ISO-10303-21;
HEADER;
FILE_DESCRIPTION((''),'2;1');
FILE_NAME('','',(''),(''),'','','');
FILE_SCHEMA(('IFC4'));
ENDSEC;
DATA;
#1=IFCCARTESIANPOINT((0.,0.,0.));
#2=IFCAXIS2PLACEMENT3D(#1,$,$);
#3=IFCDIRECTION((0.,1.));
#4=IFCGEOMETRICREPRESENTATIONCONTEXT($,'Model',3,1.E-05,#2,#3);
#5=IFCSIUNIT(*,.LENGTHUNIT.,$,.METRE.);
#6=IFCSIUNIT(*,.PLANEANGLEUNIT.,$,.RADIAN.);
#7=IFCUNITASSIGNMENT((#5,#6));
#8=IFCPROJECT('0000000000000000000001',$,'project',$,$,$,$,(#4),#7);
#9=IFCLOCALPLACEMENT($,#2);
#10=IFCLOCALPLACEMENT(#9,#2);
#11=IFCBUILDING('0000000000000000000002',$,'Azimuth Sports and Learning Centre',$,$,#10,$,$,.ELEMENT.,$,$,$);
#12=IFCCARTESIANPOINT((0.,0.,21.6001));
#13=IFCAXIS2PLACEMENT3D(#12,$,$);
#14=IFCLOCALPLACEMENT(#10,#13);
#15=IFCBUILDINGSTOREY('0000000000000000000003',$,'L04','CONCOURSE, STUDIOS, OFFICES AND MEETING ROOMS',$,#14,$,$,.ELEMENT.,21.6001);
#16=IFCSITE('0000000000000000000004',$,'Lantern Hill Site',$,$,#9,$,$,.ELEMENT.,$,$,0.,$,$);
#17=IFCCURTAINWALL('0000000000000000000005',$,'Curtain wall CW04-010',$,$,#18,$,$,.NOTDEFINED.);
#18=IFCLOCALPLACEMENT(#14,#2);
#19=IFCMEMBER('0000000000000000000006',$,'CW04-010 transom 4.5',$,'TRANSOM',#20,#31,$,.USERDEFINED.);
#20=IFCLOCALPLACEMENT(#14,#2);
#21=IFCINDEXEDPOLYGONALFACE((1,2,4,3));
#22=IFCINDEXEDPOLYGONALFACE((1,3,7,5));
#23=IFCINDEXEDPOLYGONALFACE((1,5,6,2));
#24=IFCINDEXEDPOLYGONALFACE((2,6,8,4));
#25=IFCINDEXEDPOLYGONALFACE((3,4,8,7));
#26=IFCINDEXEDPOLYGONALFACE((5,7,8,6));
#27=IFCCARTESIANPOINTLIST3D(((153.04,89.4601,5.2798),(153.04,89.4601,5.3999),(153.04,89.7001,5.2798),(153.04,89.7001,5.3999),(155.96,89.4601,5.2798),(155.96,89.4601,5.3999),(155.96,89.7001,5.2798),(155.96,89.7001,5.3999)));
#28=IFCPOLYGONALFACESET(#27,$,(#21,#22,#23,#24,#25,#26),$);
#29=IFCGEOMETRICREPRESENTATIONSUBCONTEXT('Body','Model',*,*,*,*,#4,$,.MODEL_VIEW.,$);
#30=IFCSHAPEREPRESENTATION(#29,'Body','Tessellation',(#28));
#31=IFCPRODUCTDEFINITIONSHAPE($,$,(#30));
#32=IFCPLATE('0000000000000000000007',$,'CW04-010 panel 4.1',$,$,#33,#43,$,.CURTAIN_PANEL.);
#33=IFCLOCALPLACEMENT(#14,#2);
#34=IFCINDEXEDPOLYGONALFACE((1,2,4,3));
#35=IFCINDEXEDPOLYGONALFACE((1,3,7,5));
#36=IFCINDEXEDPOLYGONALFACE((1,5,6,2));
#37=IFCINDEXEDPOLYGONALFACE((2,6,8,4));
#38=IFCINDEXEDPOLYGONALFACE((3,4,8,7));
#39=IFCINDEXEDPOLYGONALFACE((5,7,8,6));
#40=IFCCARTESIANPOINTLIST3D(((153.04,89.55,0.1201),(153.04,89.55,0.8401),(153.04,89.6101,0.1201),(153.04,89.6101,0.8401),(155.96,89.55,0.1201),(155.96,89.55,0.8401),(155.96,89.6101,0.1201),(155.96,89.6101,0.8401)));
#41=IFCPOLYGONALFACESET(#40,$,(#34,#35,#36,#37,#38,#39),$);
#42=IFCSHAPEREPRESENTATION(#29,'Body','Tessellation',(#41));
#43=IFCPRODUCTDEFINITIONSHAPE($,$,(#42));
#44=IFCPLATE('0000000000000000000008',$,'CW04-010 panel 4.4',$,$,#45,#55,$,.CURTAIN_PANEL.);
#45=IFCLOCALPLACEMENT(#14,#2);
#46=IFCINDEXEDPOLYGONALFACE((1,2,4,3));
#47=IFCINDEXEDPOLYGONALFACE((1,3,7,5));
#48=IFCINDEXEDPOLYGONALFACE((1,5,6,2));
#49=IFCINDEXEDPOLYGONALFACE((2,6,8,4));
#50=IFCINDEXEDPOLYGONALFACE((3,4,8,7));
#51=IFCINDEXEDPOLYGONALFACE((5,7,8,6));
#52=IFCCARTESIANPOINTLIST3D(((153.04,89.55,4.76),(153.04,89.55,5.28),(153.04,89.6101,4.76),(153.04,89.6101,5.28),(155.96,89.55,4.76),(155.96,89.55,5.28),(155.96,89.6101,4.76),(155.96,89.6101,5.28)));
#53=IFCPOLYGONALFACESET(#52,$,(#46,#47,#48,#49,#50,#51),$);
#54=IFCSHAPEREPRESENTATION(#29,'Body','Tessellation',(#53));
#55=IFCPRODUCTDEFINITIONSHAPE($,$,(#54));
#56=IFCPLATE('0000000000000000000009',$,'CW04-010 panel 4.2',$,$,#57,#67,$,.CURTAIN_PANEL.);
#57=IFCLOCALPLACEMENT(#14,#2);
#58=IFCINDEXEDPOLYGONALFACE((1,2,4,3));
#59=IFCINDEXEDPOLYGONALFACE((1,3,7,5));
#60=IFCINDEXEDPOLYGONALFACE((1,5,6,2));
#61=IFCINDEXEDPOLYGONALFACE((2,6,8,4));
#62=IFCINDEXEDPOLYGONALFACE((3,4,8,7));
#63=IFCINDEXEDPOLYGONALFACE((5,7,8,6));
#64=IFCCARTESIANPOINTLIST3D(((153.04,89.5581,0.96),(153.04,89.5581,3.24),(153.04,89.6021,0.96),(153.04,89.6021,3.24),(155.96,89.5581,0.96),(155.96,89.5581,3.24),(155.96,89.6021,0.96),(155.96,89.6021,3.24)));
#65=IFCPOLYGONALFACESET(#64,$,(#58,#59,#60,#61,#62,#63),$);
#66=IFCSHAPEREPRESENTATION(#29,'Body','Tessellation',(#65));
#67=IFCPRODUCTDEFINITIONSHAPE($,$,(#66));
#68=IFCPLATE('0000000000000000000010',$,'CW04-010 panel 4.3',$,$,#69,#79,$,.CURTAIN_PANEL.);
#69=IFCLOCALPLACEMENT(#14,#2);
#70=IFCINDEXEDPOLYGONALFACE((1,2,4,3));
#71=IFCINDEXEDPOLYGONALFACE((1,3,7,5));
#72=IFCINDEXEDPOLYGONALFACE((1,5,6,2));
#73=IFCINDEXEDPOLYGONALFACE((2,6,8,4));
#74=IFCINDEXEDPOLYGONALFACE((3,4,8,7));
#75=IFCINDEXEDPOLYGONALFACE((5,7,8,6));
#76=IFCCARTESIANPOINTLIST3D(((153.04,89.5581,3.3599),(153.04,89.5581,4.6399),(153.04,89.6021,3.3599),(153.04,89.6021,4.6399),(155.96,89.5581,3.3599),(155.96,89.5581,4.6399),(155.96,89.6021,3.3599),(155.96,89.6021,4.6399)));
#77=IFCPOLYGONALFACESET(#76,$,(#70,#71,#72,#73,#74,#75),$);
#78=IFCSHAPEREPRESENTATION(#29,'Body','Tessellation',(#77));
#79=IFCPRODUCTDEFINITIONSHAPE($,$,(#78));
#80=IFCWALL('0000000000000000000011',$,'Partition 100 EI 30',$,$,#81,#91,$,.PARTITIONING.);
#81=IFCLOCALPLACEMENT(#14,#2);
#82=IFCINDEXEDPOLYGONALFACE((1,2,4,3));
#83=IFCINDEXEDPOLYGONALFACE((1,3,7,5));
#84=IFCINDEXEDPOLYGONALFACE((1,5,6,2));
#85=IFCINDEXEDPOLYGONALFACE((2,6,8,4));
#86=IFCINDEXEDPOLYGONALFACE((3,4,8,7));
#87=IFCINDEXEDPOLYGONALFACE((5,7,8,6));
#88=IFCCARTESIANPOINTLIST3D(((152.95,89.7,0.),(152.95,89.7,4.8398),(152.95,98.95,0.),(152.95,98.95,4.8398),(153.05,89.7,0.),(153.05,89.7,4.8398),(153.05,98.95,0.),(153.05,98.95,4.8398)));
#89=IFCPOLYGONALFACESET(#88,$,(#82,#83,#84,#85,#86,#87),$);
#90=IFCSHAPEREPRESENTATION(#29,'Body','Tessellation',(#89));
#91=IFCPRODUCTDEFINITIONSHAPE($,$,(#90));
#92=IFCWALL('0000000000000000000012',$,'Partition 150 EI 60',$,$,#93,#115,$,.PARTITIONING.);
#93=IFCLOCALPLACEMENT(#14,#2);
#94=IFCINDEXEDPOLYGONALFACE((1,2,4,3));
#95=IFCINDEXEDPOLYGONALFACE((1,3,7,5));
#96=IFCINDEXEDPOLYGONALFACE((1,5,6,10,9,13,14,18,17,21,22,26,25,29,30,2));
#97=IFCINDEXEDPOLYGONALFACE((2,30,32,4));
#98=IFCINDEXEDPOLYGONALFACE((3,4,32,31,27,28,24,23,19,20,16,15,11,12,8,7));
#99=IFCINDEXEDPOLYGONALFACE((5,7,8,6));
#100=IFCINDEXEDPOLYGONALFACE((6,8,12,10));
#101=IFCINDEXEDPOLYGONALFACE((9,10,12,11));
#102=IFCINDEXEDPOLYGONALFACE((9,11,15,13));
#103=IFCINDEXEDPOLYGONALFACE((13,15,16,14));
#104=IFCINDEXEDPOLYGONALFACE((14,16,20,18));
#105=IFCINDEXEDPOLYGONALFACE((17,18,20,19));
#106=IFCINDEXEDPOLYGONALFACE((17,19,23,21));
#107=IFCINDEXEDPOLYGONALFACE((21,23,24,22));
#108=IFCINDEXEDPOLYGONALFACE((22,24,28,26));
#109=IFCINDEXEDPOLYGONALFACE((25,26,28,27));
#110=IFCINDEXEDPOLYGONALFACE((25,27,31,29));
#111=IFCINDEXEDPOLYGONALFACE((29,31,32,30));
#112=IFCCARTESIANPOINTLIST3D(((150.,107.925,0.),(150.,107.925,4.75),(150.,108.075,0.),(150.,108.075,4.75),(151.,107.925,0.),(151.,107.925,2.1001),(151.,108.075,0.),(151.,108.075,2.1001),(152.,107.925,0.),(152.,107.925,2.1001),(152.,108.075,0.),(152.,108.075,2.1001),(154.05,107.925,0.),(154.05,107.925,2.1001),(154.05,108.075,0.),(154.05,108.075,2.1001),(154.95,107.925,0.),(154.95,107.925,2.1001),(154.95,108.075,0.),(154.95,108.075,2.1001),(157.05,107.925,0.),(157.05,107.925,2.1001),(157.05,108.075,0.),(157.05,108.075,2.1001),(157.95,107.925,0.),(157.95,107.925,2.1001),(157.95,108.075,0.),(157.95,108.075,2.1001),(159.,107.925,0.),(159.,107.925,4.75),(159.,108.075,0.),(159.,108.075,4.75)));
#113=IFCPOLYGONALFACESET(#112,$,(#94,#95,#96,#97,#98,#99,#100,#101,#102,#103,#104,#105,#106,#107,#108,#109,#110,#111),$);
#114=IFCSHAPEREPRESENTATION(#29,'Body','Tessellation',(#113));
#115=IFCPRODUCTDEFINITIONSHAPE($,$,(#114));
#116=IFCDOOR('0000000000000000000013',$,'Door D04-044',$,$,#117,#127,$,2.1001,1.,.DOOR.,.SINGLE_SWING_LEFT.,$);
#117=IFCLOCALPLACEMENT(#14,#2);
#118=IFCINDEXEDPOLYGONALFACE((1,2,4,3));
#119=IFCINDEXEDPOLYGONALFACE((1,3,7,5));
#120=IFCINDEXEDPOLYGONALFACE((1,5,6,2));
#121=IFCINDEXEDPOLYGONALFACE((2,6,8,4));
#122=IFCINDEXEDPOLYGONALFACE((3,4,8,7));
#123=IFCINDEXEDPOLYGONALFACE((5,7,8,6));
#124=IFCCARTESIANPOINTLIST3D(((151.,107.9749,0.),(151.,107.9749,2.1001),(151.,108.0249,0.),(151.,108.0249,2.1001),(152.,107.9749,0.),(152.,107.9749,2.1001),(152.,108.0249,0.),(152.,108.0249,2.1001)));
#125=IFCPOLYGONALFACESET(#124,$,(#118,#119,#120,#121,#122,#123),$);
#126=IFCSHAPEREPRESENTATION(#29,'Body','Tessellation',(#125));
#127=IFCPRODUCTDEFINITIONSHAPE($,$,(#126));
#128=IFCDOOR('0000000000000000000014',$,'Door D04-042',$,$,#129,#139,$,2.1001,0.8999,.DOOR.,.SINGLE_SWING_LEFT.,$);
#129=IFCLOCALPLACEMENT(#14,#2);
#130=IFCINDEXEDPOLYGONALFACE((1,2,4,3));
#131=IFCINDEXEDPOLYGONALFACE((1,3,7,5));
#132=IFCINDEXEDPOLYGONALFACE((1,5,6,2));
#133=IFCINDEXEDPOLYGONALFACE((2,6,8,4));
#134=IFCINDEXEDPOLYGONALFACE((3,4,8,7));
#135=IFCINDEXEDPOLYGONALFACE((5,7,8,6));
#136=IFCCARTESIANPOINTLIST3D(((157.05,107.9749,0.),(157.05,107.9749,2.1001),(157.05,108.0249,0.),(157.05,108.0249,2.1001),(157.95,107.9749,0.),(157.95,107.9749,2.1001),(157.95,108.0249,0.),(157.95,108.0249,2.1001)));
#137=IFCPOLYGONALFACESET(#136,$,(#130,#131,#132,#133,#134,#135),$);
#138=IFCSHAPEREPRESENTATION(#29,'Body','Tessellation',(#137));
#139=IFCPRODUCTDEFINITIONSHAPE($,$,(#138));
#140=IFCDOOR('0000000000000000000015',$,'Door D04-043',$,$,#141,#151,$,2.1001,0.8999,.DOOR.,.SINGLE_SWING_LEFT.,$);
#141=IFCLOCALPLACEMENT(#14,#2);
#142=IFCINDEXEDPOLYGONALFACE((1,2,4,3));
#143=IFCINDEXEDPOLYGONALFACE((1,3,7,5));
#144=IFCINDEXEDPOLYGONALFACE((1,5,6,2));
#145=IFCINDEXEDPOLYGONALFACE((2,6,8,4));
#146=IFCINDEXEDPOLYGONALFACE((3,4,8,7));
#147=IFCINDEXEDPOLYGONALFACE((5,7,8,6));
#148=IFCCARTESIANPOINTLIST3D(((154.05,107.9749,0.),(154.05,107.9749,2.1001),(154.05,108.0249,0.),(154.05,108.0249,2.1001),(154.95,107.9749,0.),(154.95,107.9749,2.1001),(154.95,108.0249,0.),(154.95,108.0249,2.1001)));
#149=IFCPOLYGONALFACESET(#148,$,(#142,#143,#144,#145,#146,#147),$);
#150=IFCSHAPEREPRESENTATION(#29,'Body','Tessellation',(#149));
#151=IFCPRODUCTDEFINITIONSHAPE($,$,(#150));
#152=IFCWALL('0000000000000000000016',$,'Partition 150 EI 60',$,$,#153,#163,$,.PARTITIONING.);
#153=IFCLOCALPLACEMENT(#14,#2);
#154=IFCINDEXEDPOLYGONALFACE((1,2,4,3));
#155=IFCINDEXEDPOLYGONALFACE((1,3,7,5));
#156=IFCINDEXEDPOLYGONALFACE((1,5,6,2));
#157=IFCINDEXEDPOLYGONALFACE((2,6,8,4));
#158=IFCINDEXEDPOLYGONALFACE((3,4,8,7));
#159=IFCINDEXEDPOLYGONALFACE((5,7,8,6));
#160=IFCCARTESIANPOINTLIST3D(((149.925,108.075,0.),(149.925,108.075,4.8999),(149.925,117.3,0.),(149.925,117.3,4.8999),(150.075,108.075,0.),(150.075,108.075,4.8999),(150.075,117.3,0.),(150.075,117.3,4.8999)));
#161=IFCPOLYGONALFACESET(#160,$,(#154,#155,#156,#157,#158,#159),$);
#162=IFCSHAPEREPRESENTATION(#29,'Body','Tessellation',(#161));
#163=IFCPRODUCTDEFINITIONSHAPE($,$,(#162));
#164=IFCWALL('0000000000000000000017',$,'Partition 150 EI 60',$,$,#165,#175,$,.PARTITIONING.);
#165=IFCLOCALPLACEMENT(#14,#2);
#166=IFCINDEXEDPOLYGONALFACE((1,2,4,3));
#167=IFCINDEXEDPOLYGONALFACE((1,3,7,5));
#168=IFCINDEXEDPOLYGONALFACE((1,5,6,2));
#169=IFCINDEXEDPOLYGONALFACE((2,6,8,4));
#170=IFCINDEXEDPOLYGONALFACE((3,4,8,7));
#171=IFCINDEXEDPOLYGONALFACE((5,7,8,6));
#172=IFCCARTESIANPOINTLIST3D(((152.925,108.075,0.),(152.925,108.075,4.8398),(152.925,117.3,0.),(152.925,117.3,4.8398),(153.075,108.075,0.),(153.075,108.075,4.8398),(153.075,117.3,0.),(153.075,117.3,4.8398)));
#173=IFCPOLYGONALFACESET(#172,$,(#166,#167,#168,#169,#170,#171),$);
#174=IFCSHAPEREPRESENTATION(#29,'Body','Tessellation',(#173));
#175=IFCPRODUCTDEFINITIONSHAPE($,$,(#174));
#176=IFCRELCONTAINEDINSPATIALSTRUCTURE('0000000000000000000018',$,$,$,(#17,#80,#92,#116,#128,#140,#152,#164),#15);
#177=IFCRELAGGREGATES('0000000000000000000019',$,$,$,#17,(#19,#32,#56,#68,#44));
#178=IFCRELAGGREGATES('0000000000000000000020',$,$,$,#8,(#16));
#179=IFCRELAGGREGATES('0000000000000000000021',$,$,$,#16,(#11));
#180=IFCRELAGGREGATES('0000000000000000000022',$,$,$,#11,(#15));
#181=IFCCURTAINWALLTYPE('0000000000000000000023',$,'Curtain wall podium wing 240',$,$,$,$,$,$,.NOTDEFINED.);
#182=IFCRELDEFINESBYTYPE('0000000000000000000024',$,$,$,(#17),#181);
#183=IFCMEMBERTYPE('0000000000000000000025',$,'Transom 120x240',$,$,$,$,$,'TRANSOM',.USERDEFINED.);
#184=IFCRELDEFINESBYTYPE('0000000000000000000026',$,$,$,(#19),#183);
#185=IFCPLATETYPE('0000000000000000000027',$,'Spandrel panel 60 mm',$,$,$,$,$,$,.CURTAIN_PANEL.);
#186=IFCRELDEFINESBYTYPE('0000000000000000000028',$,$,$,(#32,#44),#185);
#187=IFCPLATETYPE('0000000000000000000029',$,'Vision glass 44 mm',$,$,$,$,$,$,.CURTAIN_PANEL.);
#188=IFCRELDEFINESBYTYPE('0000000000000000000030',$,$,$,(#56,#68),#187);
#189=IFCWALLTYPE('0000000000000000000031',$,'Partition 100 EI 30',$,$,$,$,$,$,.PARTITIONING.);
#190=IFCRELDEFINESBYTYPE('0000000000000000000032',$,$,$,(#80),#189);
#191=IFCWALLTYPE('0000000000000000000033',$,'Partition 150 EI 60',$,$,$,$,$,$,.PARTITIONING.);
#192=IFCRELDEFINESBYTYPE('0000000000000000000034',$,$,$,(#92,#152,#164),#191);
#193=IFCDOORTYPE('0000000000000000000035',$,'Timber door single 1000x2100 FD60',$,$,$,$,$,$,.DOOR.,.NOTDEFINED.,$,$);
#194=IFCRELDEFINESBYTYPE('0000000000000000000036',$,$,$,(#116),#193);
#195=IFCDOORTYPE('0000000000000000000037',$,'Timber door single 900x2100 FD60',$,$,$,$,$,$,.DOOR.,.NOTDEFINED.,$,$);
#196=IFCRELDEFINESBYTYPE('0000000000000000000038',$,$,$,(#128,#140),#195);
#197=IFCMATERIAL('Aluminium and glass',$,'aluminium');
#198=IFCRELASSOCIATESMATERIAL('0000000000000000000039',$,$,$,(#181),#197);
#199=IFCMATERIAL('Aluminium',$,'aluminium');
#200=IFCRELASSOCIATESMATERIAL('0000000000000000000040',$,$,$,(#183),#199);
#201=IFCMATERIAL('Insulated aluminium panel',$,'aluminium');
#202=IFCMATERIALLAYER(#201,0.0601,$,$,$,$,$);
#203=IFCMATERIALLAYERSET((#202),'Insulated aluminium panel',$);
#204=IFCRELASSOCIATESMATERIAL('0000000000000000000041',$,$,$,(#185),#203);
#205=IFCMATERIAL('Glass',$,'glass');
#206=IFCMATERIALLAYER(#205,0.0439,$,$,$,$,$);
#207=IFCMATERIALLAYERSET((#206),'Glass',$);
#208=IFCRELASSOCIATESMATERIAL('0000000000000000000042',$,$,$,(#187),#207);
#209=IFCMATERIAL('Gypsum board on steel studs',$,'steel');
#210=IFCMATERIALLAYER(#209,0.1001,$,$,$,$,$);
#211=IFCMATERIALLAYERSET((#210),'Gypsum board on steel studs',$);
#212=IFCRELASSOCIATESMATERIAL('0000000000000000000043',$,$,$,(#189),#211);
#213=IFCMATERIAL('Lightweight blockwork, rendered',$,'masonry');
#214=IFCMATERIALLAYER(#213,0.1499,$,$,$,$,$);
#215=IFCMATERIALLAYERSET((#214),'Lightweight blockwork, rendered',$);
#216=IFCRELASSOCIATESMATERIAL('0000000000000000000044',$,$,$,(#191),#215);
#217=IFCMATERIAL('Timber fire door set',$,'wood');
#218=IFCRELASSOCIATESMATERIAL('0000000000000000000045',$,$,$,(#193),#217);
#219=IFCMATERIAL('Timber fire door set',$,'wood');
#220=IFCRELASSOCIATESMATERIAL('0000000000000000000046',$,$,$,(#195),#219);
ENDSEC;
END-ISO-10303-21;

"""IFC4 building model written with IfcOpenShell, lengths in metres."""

from ifc_helpers import new_model, si_unit, direction, frame, frame_2d, origin, origin_2d, place, context, subcontext, project, spatial, rectangle, extrude, material, layer, layer_set, material_profile, profile_set, type_object, element, fill, aggregate, save


model = new_model("IFC4")

# Units and contexts
model_context = context("Model", 3, precision=1e-05, world=origin(), true_north=direction((0.0, 1.0)))
body_context = subcontext(model_context, "Body", "Model", "MODEL_VIEW")
ifc_project = project(units=[si_unit("LENGTHUNIT", "METRE"), si_unit("PLANEANGLEUNIT", "RADIAN")], contexts=[model_context])

# Site, building, storey
site_placement = place(None, origin())
site = spatial("IfcSite", under=ifc_project, at=site_placement, Name="Lantern Hill Site", CompositionType="ELEMENT", RefElevation=0.0)
building_placement = place(site_placement, origin())
building = spatial("IfcBuilding", under=site, at=building_placement, Name="Azimuth Sports and Learning Centre", CompositionType="ELEMENT")
storey_placement = place(building_placement, frame((0.0, 0.0, 21.6001)))
storey = spatial("IfcBuildingStorey", under=building, at=storey_placement, Name="L04", Description="CONCOURSE, STUDIOS, OFFICES AND MEETING ROOMS", CompositionType="ELEMENT", Elevation=21.6001)

# Curtain wall, member, plates
ifc_material_1 = material(Name="Aluminium and glass", Category="aluminium")
curtain_wall_type = type_object("IfcCurtainWallType", Name="Curtain wall podium wing 240", PredefinedType="NOTDEFINED", material=ifc_material_1)
curtain_wall_placement = place(storey_placement, origin())
curtain_wall = element("IfcCurtainWall", 1, at=curtain_wall_placement, inside=storey, type_object=curtain_wall_type, Name="Curtain wall CW04-010", PredefinedType="NOTDEFINED")
ifc_material_2 = material(Name="Aluminium", Category="aluminium")
ifc_material_profile_1 = material_profile(ifc_material_2, rectangle(XDim=0.24, YDim=0.1201, at=origin_2d()), Name="Transom 120x240")
ifc_profile_set_1 = profile_set([ifc_material_profile_1], Name="Aluminium")
member_type = type_object("IfcMemberType", Name="Transom 120x240", ElementType="TRANSOM", PredefinedType="USERDEFINED", material=ifc_profile_set_1)
member_placement = place(storey_placement, frame((153.04, 89.5801, 5.3398), z_axis=(1.0, 0.0, 0.0), x_axis=(0.0, 1.0, 0.0)))
member = element("IfcMember", 2, at=member_placement, type_object=member_type, Name="CW04-010 transom 4.5", ObjectType="TRANSOM", PredefinedType="USERDEFINED", context=body_context, shape_type="SweptSolid", body=[
    extrude(rectangle(XDim=0.24, YDim=0.1201, at=origin_2d()), origin(), (0.0, 0.0, 1.0), 2.9199),
])
ifc_material_3 = material(Name="Insulated aluminium panel", Category="aluminium")
ifc_layer_1 = layer(ifc_material_3, 0.0601)
ifc_layer_set_1 = layer_set([ifc_layer_1], Name="Insulated aluminium panel")
plate_type_1 = type_object("IfcPlateType", Name="Spandrel panel 60 mm", PredefinedType="CURTAIN_PANEL", material=ifc_layer_set_1)
plate_1_placement = place(storey_placement, frame((154.5, 89.5801, 0.1201), z_axis=(0.0, 0.0, 1.0), x_axis=(1.0, 0.0, 0.0)))
plate_1 = element("IfcPlate", 3, at=plate_1_placement, type_object=plate_type_1, Name="CW04-010 panel 4.1", PredefinedType="CURTAIN_PANEL", context=body_context, shape_type="SweptSolid", body=[
    extrude(rectangle(XDim=2.9199, YDim=0.0601, at=origin_2d()), origin(), (0.0, 0.0, 1.0), 0.72),
])
plate_2_placement = place(storey_placement, frame((154.5, 89.5801, 4.76), z_axis=(0.0, 0.0, 1.0), x_axis=(1.0, 0.0, 0.0)))
plate_2 = element("IfcPlate", 4, at=plate_2_placement, type_object=plate_type_1, Name="CW04-010 panel 4.4", PredefinedType="CURTAIN_PANEL", context=body_context, shape_type="SweptSolid", body=[
    extrude(rectangle(XDim=2.9199, YDim=0.0601, at=origin_2d()), origin(), (0.0, 0.0, 1.0), 0.52),
])
ifc_material_4 = material(Name="Glass", Category="glass")
ifc_layer_2 = layer(ifc_material_4, 0.0439)
ifc_layer_set_2 = layer_set([ifc_layer_2], Name="Glass")
plate_type_2 = type_object("IfcPlateType", Name="Vision glass 44 mm", PredefinedType="CURTAIN_PANEL", material=ifc_layer_set_2)
plate_3_placement = place(storey_placement, frame((154.5, 89.5801, 0.96), z_axis=(0.0, 0.0, 1.0), x_axis=(1.0, 0.0, 0.0)))
plate_3 = element("IfcPlate", 5, at=plate_3_placement, type_object=plate_type_2, Name="CW04-010 panel 4.2", PredefinedType="CURTAIN_PANEL", context=body_context, shape_type="SweptSolid", body=[
    extrude(rectangle(XDim=2.9199, YDim=0.0439, at=origin_2d()), origin(), (0.0, 0.0, 1.0), 2.28),
])
plate_4_placement = place(storey_placement, frame((154.5, 89.5801, 3.3599), z_axis=(0.0, 0.0, 1.0), x_axis=(1.0, 0.0, 0.0)))
plate_4 = element("IfcPlate", 6, at=plate_4_placement, type_object=plate_type_2, Name="CW04-010 panel 4.3", PredefinedType="CURTAIN_PANEL", context=body_context, shape_type="SweptSolid", body=[
    extrude(rectangle(XDim=2.9199, YDim=0.0439, at=origin_2d()), origin(), (0.0, 0.0, 1.0), 1.28),
])
aggregate(curtain_wall, [member, plate_1, plate_3, plate_4, plate_2])

# Wall
ifc_material_5 = material(Name="Gypsum board on steel studs", Category="steel")
ifc_layer_3 = layer(ifc_material_5, 0.1001)
ifc_layer_set_3 = layer_set([ifc_layer_3], Name="Gypsum board on steel studs")
wall_type_1 = type_object("IfcWallType", Name="Partition 100 EI 30", PredefinedType="PARTITIONING", material=ifc_layer_set_3)
wall_1_placement = place(storey_placement, frame((153.0, 89.7, 0.0), z_axis=(0.0, 0.0, 1.0), x_axis=(0.0, 1.0, 0.0)))
element("IfcWall", 7, at=wall_1_placement, inside=storey, type_object=wall_type_1, Name="Partition 100 EI 30", PredefinedType="PARTITIONING", context=body_context, shape_type="SweptSolid", body=[
    extrude(rectangle(XDim=9.25, YDim=0.1001, at=frame_2d((4.625, 0.0))), origin(), (0.0, 0.0, 1.0), 4.8398),
])

# Wall, openings, doors
ifc_material_6 = material(Name="Lightweight blockwork, rendered", Category="masonry")
ifc_layer_4 = layer(ifc_material_6, 0.1499)
ifc_layer_set_4 = layer_set([ifc_layer_4], Name="Lightweight blockwork, rendered")
wall_type_2 = type_object("IfcWallType", Name="Partition 150 EI 60", PredefinedType="PARTITIONING", material=ifc_layer_set_4)
wall_2_placement = place(storey_placement, frame((150.0, 108.0, 0.0), z_axis=(0.0, 0.0, 1.0), x_axis=(1.0, 0.0, 0.0)))
wall_2 = element("IfcWall", 8, at=wall_2_placement, inside=storey, type_object=wall_type_2, Name="Partition 150 EI 60", PredefinedType="PARTITIONING", context=body_context, shape_type="SweptSolid", body=[
    extrude(rectangle(XDim=9.0, YDim=0.1499, at=frame_2d((4.5, 0.0))), origin(), (0.0, 0.0, 1.0), 4.75),
])
opening_1_placement = place(wall_2_placement, frame((7.05, 0.0, 0.0)))
opening_1 = element("IfcOpeningElement", 9, at=opening_1_placement, cuts=wall_2, PredefinedType="OPENING", context=body_context, shape_type="SweptSolid", body=[
    extrude(rectangle(XDim=0.8999, YDim=2.1001, at=frame_2d((0.45, 1.05))), frame((0.0, 0.0859, 0.0), z_axis=(0.0, -1.0, 0.0), x_axis=(1.0, 0.0, 0.0)), (0.0, 0.0, 1.0), 0.1719),
])
opening_2_placement = place(wall_2_placement, frame((4.05, 0.0, 0.0)))
opening_2 = element("IfcOpeningElement", 10, at=opening_2_placement, cuts=wall_2, PredefinedType="OPENING", context=body_context, shape_type="SweptSolid", body=[
    extrude(rectangle(XDim=0.8999, YDim=2.1001, at=frame_2d((0.45, 1.05))), frame((0.0, 0.0859, 0.0), z_axis=(0.0, -1.0, 0.0), x_axis=(1.0, 0.0, 0.0)), (0.0, 0.0, 1.0), 0.1719),
])
opening_3_placement = place(wall_2_placement, frame((1.0, 0.0, 0.0)))
opening_3 = element("IfcOpeningElement", 11, at=opening_3_placement, cuts=wall_2, PredefinedType="OPENING", context=body_context, shape_type="SweptSolid", body=[
    extrude(rectangle(XDim=1.0, YDim=2.1001, at=frame_2d((0.5, 1.05))), frame((0.0, 0.0859, 0.0), z_axis=(0.0, -1.0, 0.0), x_axis=(1.0, 0.0, 0.0)), (0.0, 0.0, 1.0), 0.1719),
])
ifc_material_7 = material(Name="Timber fire door set", Category="wood")
door_type_1 = type_object("IfcDoorType", Name="Timber door single 1000x2100 FD60", OperationType="NOTDEFINED", PredefinedType="DOOR", material=ifc_material_7)
door_1_placement = place(opening_3_placement, origin())
door_1 = element("IfcDoor", 12, at=door_1_placement, inside=storey, type_object=door_type_1, Name="Door D04-044", OperationType="SINGLE_SWING_LEFT", OverallHeight=2.1001, OverallWidth=1.0, PredefinedType="DOOR", context=body_context, shape_type="SweptSolid", body=[
    extrude(rectangle(XDim=1.0, YDim=2.1001, at=frame_2d((0.5, 1.05))), frame((0.0, 0.0249, 0.0), z_axis=(0.0, -1.0, 0.0), x_axis=(1.0, 0.0, 0.0)), (0.0, 0.0, 1.0), 0.05),
])
fill(opening_3, door_1)
ifc_material_8 = material(Name="Timber fire door set", Category="wood")
door_type_2 = type_object("IfcDoorType", Name="Timber door single 900x2100 FD60", OperationType="NOTDEFINED", PredefinedType="DOOR", material=ifc_material_8)
door_2_placement = place(opening_1_placement, origin())
door_2 = element("IfcDoor", 13, at=door_2_placement, inside=storey, type_object=door_type_2, Name="Door D04-042", OperationType="SINGLE_SWING_LEFT", OverallHeight=2.1001, OverallWidth=0.8999, PredefinedType="DOOR", context=body_context, shape_type="SweptSolid", body=[
    extrude(rectangle(XDim=0.8999, YDim=2.1001, at=frame_2d((0.45, 1.05))), frame((0.0, 0.0249, 0.0), z_axis=(0.0, -1.0, 0.0), x_axis=(1.0, 0.0, 0.0)), (0.0, 0.0, 1.0), 0.05),
])
fill(opening_1, door_2)
door_3_placement = place(opening_2_placement, origin())
door_3 = element("IfcDoor", 14, at=door_3_placement, inside=storey, type_object=door_type_2, Name="Door D04-043", OperationType="SINGLE_SWING_LEFT", OverallHeight=2.1001, OverallWidth=0.8999, PredefinedType="DOOR", context=body_context, shape_type="SweptSolid", body=[
    extrude(rectangle(XDim=0.8999, YDim=2.1001, at=frame_2d((0.45, 1.05))), frame((0.0, 0.0249, 0.0), z_axis=(0.0, -1.0, 0.0), x_axis=(1.0, 0.0, 0.0)), (0.0, 0.0, 1.0), 0.05),
])
fill(opening_2, door_3)

# Walls
wall_3_placement = place(storey_placement, frame((150.0, 108.075, 0.0), z_axis=(0.0, 0.0, 1.0), x_axis=(0.0, 1.0, 0.0)))
element("IfcWall", 15, at=wall_3_placement, inside=storey, type_object=wall_type_2, Name="Partition 150 EI 60", PredefinedType="PARTITIONING", context=body_context, shape_type="SweptSolid", body=[
    extrude(rectangle(XDim=9.2251, YDim=0.1499, at=frame_2d((4.6125, 0.0))), origin(), (0.0, 0.0, 1.0), 4.8999),
])
wall_4_placement = place(storey_placement, frame((153.0, 108.075, 0.0), z_axis=(0.0, 0.0, 1.0), x_axis=(0.0, 1.0, 0.0)))
element("IfcWall", 16, at=wall_4_placement, inside=storey, type_object=wall_type_2, Name="Partition 150 EI 60", PredefinedType="PARTITIONING", context=body_context, shape_type="SweptSolid", body=[
    extrude(rectangle(XDim=9.2251, YDim=0.1499, at=frame_2d((4.6125, 0.0))), origin(), (0.0, 0.0, 1.0), 4.8398),
])

save(model, "model.ifc")
